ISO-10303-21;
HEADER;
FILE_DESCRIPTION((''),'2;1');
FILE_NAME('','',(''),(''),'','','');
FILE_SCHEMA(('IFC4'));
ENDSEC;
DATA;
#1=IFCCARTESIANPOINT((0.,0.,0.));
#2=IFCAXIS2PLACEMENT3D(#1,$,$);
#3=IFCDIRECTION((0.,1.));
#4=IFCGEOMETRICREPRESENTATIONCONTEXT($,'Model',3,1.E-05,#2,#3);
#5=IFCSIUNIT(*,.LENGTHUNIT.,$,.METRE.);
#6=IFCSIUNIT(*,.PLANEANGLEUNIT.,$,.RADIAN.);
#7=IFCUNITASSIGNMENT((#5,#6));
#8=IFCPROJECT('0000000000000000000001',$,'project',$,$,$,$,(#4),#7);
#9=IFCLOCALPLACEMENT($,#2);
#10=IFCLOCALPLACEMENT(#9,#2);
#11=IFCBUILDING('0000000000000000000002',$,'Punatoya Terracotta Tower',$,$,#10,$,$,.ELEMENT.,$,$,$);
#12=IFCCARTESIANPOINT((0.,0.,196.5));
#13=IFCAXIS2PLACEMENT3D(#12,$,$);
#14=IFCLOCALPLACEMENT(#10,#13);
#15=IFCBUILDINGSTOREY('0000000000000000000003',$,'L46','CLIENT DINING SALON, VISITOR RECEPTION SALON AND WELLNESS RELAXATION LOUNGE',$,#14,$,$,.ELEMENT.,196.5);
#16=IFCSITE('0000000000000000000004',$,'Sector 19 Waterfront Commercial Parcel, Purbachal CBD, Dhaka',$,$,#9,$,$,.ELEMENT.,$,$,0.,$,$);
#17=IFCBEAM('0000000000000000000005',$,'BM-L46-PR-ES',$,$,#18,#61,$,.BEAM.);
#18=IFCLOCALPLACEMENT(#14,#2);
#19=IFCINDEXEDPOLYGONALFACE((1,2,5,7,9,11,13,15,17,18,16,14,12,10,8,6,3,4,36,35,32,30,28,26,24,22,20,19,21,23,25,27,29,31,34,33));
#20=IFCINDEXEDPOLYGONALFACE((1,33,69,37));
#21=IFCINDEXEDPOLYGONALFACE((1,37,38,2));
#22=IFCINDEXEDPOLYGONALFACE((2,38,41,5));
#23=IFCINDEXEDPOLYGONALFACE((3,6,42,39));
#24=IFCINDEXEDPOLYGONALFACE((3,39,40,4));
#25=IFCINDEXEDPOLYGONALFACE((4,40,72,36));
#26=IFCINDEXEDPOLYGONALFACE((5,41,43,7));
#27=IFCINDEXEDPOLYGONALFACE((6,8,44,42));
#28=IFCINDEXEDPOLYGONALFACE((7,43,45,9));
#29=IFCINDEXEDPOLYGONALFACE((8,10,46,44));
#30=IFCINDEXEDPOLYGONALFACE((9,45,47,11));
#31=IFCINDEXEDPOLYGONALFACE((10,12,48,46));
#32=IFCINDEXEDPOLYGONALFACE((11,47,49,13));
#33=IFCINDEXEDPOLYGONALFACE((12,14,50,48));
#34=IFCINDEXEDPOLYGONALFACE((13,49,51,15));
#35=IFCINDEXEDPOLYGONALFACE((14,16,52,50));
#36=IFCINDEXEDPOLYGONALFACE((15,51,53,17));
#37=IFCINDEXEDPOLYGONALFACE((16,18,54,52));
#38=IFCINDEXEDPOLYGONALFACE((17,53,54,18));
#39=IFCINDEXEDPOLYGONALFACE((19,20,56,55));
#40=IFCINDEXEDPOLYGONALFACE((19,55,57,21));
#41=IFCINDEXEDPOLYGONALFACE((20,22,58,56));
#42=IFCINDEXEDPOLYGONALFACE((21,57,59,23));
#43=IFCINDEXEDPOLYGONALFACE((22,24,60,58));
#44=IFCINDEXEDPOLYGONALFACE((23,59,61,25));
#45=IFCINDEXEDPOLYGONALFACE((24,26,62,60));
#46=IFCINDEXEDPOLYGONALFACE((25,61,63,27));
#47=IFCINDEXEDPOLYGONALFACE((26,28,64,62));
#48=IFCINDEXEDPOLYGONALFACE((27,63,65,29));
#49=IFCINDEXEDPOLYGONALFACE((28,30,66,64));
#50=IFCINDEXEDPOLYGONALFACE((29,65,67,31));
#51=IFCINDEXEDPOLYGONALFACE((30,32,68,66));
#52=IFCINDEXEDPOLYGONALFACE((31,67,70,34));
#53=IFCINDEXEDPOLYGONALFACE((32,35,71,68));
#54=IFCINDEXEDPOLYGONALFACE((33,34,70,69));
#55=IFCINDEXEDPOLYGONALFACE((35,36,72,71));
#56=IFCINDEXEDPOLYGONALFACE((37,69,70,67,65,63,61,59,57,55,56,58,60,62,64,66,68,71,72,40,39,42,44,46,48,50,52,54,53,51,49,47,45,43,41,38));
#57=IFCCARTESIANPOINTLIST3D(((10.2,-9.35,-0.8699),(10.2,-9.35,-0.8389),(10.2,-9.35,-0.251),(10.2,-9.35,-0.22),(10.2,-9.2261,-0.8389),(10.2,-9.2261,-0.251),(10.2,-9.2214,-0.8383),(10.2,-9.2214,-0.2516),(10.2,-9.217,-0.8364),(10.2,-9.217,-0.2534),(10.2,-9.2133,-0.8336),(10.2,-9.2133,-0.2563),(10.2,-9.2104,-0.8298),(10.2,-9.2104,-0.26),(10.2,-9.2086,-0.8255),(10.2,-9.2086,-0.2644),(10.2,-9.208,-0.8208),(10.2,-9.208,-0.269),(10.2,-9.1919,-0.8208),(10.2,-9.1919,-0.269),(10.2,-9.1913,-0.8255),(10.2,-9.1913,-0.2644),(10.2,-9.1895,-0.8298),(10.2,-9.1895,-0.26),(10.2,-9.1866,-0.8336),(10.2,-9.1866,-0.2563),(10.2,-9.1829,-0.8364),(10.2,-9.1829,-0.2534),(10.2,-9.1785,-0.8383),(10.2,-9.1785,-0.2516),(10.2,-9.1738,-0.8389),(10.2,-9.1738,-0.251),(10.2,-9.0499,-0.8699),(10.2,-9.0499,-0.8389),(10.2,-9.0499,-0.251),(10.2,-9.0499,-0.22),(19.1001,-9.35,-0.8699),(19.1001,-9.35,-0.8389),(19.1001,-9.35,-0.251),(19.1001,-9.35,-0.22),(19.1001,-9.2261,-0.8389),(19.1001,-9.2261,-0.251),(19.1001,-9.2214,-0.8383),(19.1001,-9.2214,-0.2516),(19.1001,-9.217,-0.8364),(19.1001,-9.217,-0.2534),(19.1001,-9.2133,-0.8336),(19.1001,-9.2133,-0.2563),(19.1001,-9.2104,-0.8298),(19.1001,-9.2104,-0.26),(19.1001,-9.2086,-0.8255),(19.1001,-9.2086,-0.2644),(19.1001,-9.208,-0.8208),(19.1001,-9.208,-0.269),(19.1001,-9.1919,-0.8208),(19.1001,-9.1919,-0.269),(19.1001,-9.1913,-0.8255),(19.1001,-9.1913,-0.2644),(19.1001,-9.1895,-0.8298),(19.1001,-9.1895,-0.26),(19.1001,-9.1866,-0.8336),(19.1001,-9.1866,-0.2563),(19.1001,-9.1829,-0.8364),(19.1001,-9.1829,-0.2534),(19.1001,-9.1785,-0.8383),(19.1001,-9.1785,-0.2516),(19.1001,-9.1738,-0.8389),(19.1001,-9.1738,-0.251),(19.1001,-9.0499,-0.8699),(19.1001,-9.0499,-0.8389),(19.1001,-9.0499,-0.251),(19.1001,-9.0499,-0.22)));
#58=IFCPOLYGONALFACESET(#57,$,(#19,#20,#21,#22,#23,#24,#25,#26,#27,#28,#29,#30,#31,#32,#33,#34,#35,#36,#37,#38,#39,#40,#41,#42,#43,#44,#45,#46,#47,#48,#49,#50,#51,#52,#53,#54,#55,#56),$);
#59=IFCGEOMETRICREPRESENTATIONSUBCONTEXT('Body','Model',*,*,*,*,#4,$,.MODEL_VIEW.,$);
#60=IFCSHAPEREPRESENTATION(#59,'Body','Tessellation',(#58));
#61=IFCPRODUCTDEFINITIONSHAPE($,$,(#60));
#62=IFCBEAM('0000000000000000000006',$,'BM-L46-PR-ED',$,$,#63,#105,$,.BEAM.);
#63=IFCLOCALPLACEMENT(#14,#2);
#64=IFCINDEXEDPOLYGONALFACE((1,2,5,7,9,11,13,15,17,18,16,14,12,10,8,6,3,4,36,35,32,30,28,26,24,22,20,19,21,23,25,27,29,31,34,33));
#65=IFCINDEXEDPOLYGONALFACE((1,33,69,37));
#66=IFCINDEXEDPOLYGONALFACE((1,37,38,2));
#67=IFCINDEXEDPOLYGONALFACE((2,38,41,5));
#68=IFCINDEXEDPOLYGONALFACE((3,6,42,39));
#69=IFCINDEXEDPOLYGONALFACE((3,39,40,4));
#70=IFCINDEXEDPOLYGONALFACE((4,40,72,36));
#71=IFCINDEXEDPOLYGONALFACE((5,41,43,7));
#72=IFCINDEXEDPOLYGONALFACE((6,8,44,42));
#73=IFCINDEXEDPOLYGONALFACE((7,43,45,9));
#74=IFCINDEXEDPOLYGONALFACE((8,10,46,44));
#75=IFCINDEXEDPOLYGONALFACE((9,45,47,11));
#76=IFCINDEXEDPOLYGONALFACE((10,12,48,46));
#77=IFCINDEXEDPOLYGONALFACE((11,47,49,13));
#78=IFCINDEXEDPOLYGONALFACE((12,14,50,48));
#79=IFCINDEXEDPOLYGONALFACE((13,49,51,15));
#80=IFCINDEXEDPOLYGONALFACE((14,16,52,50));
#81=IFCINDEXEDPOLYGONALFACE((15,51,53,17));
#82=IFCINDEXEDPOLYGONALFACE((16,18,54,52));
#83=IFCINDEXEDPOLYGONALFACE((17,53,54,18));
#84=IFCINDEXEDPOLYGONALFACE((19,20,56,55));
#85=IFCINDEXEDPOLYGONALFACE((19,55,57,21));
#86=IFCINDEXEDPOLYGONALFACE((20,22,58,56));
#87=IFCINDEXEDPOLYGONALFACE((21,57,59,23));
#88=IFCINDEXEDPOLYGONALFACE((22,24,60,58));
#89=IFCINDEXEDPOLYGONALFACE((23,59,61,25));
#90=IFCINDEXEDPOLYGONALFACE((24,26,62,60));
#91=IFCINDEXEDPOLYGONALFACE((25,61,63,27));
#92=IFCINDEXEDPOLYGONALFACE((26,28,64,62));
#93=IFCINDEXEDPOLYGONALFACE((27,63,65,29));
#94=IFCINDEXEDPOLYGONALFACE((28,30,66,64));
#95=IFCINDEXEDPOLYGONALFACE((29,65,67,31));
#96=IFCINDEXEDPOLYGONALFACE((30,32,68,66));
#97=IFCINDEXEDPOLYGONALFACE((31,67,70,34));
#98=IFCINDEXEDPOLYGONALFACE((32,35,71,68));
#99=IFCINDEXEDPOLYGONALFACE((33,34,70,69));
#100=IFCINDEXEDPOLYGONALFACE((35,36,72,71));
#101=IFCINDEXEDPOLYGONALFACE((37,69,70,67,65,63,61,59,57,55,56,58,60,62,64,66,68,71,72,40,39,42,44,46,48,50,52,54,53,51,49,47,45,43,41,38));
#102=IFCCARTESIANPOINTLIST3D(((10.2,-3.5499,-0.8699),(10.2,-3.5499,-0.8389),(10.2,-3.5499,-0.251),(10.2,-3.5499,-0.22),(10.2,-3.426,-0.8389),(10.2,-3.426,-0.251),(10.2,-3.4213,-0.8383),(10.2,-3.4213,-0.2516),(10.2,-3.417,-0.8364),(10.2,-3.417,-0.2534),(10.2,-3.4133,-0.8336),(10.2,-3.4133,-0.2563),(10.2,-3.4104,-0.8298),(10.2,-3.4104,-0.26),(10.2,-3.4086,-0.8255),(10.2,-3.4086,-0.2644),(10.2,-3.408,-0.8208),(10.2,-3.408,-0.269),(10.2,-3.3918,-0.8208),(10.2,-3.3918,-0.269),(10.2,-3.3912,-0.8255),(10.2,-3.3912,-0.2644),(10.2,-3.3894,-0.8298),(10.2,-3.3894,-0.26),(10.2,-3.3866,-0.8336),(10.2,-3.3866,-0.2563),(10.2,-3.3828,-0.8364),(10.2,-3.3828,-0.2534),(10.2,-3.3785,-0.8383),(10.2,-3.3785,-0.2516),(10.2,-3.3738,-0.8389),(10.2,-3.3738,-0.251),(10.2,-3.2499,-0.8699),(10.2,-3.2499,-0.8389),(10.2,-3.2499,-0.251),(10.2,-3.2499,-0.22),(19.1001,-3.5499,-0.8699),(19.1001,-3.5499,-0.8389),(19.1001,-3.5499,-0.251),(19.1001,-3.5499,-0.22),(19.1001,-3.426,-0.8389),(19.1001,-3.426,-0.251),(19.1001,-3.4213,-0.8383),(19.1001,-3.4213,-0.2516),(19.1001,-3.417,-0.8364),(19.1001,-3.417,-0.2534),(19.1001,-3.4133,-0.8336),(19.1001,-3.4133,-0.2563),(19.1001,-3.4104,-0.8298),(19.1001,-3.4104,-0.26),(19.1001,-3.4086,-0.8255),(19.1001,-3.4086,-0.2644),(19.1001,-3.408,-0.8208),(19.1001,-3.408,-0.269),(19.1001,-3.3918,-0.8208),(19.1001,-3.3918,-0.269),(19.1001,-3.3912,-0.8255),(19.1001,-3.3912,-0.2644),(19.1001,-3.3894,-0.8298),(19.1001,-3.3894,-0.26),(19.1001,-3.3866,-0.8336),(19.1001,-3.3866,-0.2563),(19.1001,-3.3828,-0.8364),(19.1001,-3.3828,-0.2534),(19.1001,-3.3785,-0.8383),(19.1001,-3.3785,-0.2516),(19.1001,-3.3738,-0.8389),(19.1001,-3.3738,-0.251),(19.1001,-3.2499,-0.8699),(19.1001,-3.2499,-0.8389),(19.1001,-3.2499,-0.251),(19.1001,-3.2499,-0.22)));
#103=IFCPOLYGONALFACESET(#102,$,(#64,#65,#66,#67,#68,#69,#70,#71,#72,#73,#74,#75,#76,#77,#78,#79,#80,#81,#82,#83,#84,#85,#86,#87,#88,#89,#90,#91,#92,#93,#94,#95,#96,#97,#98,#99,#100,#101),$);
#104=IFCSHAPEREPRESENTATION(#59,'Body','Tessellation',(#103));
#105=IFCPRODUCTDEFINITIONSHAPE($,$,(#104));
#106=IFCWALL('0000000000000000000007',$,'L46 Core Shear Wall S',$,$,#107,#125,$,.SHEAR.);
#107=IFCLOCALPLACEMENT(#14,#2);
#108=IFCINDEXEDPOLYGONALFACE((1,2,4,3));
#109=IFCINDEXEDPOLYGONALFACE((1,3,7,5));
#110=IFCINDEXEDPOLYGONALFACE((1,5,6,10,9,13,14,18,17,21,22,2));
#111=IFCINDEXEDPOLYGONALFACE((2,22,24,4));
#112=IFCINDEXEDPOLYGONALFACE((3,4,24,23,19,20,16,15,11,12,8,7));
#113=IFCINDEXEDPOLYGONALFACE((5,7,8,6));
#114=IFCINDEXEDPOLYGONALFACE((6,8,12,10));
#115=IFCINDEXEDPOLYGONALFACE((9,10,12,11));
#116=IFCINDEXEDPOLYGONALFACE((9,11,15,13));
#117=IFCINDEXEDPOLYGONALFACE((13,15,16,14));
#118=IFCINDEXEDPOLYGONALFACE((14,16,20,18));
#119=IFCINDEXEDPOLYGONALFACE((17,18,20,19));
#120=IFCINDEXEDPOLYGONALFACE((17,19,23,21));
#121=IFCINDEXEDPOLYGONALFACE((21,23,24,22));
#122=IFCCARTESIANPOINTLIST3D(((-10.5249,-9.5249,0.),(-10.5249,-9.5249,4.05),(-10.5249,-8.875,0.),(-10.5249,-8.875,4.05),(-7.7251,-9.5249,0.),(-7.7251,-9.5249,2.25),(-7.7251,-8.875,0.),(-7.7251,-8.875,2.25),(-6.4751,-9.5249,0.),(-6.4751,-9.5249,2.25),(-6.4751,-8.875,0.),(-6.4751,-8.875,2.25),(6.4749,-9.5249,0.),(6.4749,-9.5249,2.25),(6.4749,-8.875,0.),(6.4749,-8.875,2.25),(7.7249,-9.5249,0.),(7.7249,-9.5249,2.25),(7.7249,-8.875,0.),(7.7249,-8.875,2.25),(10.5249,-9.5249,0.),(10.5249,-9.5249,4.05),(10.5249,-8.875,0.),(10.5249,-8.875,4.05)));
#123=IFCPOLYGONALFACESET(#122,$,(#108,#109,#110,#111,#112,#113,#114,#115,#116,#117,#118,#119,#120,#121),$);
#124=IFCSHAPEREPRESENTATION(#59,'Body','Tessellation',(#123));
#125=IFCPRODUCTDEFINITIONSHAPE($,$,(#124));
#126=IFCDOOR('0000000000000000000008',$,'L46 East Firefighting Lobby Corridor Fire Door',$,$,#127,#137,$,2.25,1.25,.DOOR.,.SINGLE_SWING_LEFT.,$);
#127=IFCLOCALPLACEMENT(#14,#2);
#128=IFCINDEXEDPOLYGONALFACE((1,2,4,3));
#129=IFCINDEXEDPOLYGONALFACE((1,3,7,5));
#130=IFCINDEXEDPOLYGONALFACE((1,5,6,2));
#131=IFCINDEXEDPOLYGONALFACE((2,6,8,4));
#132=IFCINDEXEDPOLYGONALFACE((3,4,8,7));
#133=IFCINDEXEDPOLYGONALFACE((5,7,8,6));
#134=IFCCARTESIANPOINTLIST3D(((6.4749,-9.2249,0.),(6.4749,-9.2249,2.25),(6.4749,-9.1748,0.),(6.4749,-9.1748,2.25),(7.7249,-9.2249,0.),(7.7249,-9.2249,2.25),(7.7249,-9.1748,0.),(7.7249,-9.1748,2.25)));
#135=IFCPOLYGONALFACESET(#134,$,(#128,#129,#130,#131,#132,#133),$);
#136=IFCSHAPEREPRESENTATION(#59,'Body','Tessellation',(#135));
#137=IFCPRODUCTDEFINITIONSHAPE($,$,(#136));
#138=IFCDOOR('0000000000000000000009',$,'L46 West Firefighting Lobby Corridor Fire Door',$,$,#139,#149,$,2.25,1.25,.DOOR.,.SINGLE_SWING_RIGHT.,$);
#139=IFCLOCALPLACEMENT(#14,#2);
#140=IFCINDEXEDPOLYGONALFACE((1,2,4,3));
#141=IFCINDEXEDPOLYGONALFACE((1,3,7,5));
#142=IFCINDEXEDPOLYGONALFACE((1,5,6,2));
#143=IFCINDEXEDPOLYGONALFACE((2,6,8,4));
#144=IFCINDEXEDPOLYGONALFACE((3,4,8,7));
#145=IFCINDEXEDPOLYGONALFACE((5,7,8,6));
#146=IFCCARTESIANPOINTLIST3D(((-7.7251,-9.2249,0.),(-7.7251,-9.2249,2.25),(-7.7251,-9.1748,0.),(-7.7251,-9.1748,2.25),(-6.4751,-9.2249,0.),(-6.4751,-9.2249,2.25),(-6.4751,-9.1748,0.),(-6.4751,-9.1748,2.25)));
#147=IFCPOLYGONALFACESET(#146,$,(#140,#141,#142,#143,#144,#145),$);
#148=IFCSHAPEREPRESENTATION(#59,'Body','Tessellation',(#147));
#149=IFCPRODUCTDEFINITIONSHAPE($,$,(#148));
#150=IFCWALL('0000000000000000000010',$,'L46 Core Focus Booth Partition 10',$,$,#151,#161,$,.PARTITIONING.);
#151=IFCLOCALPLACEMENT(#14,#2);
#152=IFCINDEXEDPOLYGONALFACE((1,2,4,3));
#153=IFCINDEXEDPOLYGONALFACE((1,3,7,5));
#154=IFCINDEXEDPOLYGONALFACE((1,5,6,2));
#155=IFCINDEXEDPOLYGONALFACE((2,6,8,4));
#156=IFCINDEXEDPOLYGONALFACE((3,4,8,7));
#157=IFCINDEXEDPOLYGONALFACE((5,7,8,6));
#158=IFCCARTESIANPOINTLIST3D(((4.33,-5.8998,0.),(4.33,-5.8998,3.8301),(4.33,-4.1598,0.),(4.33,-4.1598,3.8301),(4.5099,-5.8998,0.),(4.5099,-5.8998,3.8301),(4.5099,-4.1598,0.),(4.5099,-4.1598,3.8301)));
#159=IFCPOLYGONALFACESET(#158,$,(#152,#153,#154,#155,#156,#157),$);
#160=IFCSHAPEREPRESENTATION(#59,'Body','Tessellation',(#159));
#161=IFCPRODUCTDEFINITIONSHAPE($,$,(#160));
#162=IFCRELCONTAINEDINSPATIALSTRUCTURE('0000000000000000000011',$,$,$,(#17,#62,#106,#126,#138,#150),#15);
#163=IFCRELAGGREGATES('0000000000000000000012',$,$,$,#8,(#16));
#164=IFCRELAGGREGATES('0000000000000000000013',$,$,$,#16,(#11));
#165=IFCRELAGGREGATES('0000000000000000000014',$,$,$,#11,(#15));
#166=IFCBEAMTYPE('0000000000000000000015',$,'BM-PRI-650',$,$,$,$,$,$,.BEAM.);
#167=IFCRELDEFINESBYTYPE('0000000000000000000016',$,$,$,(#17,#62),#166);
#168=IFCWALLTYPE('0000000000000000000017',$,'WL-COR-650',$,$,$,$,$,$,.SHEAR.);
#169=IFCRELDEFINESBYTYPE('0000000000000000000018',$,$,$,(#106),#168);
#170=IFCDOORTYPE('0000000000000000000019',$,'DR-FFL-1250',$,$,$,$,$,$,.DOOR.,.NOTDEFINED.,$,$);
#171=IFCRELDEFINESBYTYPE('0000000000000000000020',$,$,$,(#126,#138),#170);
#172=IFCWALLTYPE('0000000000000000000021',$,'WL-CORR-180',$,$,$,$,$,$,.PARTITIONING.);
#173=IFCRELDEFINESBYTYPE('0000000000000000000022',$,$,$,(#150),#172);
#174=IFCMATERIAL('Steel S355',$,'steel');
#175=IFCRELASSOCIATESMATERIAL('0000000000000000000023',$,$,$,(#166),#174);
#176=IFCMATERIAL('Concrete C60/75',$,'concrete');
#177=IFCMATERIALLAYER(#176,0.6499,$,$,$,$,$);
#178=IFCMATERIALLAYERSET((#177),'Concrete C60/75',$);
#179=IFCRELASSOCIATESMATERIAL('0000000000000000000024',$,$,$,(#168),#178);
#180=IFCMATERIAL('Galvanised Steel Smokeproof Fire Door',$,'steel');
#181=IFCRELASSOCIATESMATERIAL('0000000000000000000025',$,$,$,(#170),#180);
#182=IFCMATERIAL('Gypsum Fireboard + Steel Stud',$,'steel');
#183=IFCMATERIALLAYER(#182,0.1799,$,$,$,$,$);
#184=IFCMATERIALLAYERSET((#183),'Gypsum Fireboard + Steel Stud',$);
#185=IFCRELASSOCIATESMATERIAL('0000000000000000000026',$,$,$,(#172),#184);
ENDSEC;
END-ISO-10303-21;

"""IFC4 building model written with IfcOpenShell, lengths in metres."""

from ifc_helpers import new_model, si_unit, direction, frame, frame_2d, origin, origin_2d, place, context, subcontext, project, spatial, rectangle, i_section, extrude, material, layer, layer_set, material_profile, profile_set, type_object, element, fill, save


model = new_model("IFC4")

# Units and contexts
model_context = context("Model", 3, precision=1e-05, world=origin(), true_north=direction((0.0, 1.0)))
body_context = subcontext(model_context, "Body", "Model", "MODEL_VIEW")
ifc_project = project(units=[si_unit("LENGTHUNIT", "METRE"), si_unit("PLANEANGLEUNIT", "RADIAN")], contexts=[model_context])

# Site, building, storey
site_placement = place(None, origin())
site = spatial("IfcSite", under=ifc_project, at=site_placement, Name="Sector 19 Waterfront Commercial Parcel, Purbachal CBD, Dhaka", CompositionType="ELEMENT", RefElevation=0.0)
building_placement = place(site_placement, origin())
building = spatial("IfcBuilding", under=site, at=building_placement, Name="Punatoya Terracotta Tower", CompositionType="ELEMENT")
storey_placement = place(building_placement, frame((0.0, 0.0, 196.5)))
storey = spatial("IfcBuildingStorey", under=building, at=storey_placement, Name="L46", Description="CLIENT DINING SALON, VISITOR RECEPTION SALON AND WELLNESS RELAXATION LOUNGE", CompositionType="ELEMENT", Elevation=196.5)

# Beams
ifc_material_1 = material(Name="Steel S355", Category="steel")
ifc_material_profile = material_profile(ifc_material_1, i_section(OverallWidth=0.3, OverallDepth=0.6499, WebThickness=0.0161, FlangeThickness=0.031, FilletRadius=0.0181, at=origin_2d()))
ifc_profile_set = profile_set([ifc_material_profile], Name="Steel S355")
beam_type = type_object("IfcBeamType", Name="BM-PRI-650", PredefinedType="BEAM", material=ifc_profile_set)
for number, where, z_axis, x_axis, name in (
    (1, (10.2, -9.2, -0.5449), (1.0, 0.0, 0.0), (0.0, 1.0, 0.0), "BM-L46-PR-ES"),
    (2, (10.2, -3.3999, -0.5449), (1.0, 0.0, 0.0), (0.0, 1.0, 0.0), "BM-L46-PR-ED"),
):
    element("IfcBeam", number, at=place(storey_placement, frame(where, z_axis=z_axis, x_axis=x_axis)), inside=storey, type_object=beam_type, Name=name, PredefinedType="BEAM", context=body_context, shape_type="SweptSolid", body=[
        extrude(i_section(OverallWidth=0.3, OverallDepth=0.6499, WebThickness=0.0161, FlangeThickness=0.031, FilletRadius=0.0181, at=origin_2d()), origin(), (0.0, 0.0, 1.0), 8.9001),
    ])

# Wall, openings, doors
ifc_material_2 = material(Name="Concrete C60/75", Category="concrete")
ifc_layer_1 = layer(ifc_material_2, 0.6499)
ifc_layer_set_1 = layer_set([ifc_layer_1], Name="Concrete C60/75")
wall_type_1 = type_object("IfcWallType", Name="WL-COR-650", PredefinedType="SHEAR", material=ifc_layer_set_1)
wall_1_placement = place(storey_placement, frame((10.5249, -9.2, 0.0), z_axis=(0.0, 0.0, 1.0), x_axis=(-1.0, 0.0, 0.0)))
wall_1 = element("IfcWall", 3, at=wall_1_placement, inside=storey, type_object=wall_type_1, Name="L46 Core Shear Wall S", PredefinedType="SHEAR", context=body_context, shape_type="SweptSolid", body=[
    extrude(rectangle(XDim=21.0498, YDim=0.6499, at=frame_2d((10.5249, 0.0))), origin(), (0.0, 0.0, 1.0), 4.05),
])
opening_1_placement = place(wall_1_placement, frame((2.8, 0.0, 0.0)))
opening_1 = element("IfcOpeningElement", 4, at=opening_1_placement, cuts=wall_1, PredefinedType="OPENING", context=body_context, shape_type="SweptSolid", body=[
    extrude(rectangle(XDim=1.25, YDim=2.25, at=frame_2d((0.625, 1.125))), frame((0.0, 0.335, 0.0), z_axis=(0.0, -1.0, 0.0), x_axis=(1.0, 0.0, 0.0)), (0.0, 0.0, 1.0), 0.6699),
])
opening_2_placement = place(wall_1_placement, frame((17.0, 0.0, 0.0)))
opening_2 = element("IfcOpeningElement", 5, at=opening_2_placement, cuts=wall_1, PredefinedType="OPENING", context=body_context, shape_type="SweptSolid", body=[
    extrude(rectangle(XDim=1.25, YDim=2.25, at=frame_2d((0.625, 1.125))), frame((0.0, 0.335, 0.0), z_axis=(0.0, -1.0, 0.0), x_axis=(1.0, 0.0, 0.0)), (0.0, 0.0, 1.0), 0.6699),
])
ifc_material_3 = material(Name="Galvanised Steel Smokeproof Fire Door", Category="steel")
door_type_1 = type_object("IfcDoorType", Name="DR-FFL-1250", OperationType="NOTDEFINED", PredefinedType="DOOR", material=ifc_material_3)
door_1_placement = place(opening_1_placement, origin())
door_1 = element("IfcDoor", 6, at=door_1_placement, inside=storey, type_object=door_type_1, Name="L46 East Firefighting Lobby Corridor Fire Door", OperationType="SINGLE_SWING_LEFT", OverallHeight=2.25, OverallWidth=1.25, PredefinedType="DOOR", context=body_context, shape_type="SweptSolid", body=[
    extrude(rectangle(XDim=1.25, YDim=2.25, at=frame_2d((0.625, 1.125))), frame((0.0, 0.0249, 0.0), z_axis=(0.0, -1.0, 0.0), x_axis=(1.0, 0.0, 0.0)), (0.0, 0.0, 1.0), 0.05),
])
fill(opening_1, door_1)
door_2_placement = place(opening_2_placement, origin())
door_2 = element("IfcDoor", 7, at=door_2_placement, inside=storey, type_object=door_type_1, Name="L46 West Firefighting Lobby Corridor Fire Door", OperationType="SINGLE_SWING_RIGHT", OverallHeight=2.25, OverallWidth=1.25, PredefinedType="DOOR", context=body_context, shape_type="SweptSolid", body=[
    extrude(rectangle(XDim=1.25, YDim=2.25, at=frame_2d((0.625, 1.125))), frame((0.0, 0.0249, 0.0), z_axis=(0.0, -1.0, 0.0), x_axis=(1.0, 0.0, 0.0)), (0.0, 0.0, 1.0), 0.05),
])
fill(opening_2, door_2)

# Wall
ifc_material_4 = material(Name="Gypsum Fireboard + Steel Stud", Category="steel")
ifc_layer_2 = layer(ifc_material_4, 0.1799)
ifc_layer_set_2 = layer_set([ifc_layer_2], Name="Gypsum Fireboard + Steel Stud")
wall_type_2 = type_object("IfcWallType", Name="WL-CORR-180", PredefinedType="PARTITIONING", material=ifc_layer_set_2)
wall_2_placement = place(storey_placement, frame((4.4199, -5.8999, 0.0), z_axis=(0.0, 0.0, 1.0), x_axis=(0.0, 1.0, 0.0)))
element("IfcWall", 8, at=wall_2_placement, inside=storey, type_object=wall_type_2, Name="L46 Core Focus Booth Partition 10", PredefinedType="PARTITIONING", context=body_context, shape_type="SweptSolid", body=[
    extrude(rectangle(XDim=1.74, YDim=0.1799, at=frame_2d((0.8701, 0.0))), origin(), (0.0, 0.0, 1.0), 3.8301),
])

save(model, "model.ifc")
